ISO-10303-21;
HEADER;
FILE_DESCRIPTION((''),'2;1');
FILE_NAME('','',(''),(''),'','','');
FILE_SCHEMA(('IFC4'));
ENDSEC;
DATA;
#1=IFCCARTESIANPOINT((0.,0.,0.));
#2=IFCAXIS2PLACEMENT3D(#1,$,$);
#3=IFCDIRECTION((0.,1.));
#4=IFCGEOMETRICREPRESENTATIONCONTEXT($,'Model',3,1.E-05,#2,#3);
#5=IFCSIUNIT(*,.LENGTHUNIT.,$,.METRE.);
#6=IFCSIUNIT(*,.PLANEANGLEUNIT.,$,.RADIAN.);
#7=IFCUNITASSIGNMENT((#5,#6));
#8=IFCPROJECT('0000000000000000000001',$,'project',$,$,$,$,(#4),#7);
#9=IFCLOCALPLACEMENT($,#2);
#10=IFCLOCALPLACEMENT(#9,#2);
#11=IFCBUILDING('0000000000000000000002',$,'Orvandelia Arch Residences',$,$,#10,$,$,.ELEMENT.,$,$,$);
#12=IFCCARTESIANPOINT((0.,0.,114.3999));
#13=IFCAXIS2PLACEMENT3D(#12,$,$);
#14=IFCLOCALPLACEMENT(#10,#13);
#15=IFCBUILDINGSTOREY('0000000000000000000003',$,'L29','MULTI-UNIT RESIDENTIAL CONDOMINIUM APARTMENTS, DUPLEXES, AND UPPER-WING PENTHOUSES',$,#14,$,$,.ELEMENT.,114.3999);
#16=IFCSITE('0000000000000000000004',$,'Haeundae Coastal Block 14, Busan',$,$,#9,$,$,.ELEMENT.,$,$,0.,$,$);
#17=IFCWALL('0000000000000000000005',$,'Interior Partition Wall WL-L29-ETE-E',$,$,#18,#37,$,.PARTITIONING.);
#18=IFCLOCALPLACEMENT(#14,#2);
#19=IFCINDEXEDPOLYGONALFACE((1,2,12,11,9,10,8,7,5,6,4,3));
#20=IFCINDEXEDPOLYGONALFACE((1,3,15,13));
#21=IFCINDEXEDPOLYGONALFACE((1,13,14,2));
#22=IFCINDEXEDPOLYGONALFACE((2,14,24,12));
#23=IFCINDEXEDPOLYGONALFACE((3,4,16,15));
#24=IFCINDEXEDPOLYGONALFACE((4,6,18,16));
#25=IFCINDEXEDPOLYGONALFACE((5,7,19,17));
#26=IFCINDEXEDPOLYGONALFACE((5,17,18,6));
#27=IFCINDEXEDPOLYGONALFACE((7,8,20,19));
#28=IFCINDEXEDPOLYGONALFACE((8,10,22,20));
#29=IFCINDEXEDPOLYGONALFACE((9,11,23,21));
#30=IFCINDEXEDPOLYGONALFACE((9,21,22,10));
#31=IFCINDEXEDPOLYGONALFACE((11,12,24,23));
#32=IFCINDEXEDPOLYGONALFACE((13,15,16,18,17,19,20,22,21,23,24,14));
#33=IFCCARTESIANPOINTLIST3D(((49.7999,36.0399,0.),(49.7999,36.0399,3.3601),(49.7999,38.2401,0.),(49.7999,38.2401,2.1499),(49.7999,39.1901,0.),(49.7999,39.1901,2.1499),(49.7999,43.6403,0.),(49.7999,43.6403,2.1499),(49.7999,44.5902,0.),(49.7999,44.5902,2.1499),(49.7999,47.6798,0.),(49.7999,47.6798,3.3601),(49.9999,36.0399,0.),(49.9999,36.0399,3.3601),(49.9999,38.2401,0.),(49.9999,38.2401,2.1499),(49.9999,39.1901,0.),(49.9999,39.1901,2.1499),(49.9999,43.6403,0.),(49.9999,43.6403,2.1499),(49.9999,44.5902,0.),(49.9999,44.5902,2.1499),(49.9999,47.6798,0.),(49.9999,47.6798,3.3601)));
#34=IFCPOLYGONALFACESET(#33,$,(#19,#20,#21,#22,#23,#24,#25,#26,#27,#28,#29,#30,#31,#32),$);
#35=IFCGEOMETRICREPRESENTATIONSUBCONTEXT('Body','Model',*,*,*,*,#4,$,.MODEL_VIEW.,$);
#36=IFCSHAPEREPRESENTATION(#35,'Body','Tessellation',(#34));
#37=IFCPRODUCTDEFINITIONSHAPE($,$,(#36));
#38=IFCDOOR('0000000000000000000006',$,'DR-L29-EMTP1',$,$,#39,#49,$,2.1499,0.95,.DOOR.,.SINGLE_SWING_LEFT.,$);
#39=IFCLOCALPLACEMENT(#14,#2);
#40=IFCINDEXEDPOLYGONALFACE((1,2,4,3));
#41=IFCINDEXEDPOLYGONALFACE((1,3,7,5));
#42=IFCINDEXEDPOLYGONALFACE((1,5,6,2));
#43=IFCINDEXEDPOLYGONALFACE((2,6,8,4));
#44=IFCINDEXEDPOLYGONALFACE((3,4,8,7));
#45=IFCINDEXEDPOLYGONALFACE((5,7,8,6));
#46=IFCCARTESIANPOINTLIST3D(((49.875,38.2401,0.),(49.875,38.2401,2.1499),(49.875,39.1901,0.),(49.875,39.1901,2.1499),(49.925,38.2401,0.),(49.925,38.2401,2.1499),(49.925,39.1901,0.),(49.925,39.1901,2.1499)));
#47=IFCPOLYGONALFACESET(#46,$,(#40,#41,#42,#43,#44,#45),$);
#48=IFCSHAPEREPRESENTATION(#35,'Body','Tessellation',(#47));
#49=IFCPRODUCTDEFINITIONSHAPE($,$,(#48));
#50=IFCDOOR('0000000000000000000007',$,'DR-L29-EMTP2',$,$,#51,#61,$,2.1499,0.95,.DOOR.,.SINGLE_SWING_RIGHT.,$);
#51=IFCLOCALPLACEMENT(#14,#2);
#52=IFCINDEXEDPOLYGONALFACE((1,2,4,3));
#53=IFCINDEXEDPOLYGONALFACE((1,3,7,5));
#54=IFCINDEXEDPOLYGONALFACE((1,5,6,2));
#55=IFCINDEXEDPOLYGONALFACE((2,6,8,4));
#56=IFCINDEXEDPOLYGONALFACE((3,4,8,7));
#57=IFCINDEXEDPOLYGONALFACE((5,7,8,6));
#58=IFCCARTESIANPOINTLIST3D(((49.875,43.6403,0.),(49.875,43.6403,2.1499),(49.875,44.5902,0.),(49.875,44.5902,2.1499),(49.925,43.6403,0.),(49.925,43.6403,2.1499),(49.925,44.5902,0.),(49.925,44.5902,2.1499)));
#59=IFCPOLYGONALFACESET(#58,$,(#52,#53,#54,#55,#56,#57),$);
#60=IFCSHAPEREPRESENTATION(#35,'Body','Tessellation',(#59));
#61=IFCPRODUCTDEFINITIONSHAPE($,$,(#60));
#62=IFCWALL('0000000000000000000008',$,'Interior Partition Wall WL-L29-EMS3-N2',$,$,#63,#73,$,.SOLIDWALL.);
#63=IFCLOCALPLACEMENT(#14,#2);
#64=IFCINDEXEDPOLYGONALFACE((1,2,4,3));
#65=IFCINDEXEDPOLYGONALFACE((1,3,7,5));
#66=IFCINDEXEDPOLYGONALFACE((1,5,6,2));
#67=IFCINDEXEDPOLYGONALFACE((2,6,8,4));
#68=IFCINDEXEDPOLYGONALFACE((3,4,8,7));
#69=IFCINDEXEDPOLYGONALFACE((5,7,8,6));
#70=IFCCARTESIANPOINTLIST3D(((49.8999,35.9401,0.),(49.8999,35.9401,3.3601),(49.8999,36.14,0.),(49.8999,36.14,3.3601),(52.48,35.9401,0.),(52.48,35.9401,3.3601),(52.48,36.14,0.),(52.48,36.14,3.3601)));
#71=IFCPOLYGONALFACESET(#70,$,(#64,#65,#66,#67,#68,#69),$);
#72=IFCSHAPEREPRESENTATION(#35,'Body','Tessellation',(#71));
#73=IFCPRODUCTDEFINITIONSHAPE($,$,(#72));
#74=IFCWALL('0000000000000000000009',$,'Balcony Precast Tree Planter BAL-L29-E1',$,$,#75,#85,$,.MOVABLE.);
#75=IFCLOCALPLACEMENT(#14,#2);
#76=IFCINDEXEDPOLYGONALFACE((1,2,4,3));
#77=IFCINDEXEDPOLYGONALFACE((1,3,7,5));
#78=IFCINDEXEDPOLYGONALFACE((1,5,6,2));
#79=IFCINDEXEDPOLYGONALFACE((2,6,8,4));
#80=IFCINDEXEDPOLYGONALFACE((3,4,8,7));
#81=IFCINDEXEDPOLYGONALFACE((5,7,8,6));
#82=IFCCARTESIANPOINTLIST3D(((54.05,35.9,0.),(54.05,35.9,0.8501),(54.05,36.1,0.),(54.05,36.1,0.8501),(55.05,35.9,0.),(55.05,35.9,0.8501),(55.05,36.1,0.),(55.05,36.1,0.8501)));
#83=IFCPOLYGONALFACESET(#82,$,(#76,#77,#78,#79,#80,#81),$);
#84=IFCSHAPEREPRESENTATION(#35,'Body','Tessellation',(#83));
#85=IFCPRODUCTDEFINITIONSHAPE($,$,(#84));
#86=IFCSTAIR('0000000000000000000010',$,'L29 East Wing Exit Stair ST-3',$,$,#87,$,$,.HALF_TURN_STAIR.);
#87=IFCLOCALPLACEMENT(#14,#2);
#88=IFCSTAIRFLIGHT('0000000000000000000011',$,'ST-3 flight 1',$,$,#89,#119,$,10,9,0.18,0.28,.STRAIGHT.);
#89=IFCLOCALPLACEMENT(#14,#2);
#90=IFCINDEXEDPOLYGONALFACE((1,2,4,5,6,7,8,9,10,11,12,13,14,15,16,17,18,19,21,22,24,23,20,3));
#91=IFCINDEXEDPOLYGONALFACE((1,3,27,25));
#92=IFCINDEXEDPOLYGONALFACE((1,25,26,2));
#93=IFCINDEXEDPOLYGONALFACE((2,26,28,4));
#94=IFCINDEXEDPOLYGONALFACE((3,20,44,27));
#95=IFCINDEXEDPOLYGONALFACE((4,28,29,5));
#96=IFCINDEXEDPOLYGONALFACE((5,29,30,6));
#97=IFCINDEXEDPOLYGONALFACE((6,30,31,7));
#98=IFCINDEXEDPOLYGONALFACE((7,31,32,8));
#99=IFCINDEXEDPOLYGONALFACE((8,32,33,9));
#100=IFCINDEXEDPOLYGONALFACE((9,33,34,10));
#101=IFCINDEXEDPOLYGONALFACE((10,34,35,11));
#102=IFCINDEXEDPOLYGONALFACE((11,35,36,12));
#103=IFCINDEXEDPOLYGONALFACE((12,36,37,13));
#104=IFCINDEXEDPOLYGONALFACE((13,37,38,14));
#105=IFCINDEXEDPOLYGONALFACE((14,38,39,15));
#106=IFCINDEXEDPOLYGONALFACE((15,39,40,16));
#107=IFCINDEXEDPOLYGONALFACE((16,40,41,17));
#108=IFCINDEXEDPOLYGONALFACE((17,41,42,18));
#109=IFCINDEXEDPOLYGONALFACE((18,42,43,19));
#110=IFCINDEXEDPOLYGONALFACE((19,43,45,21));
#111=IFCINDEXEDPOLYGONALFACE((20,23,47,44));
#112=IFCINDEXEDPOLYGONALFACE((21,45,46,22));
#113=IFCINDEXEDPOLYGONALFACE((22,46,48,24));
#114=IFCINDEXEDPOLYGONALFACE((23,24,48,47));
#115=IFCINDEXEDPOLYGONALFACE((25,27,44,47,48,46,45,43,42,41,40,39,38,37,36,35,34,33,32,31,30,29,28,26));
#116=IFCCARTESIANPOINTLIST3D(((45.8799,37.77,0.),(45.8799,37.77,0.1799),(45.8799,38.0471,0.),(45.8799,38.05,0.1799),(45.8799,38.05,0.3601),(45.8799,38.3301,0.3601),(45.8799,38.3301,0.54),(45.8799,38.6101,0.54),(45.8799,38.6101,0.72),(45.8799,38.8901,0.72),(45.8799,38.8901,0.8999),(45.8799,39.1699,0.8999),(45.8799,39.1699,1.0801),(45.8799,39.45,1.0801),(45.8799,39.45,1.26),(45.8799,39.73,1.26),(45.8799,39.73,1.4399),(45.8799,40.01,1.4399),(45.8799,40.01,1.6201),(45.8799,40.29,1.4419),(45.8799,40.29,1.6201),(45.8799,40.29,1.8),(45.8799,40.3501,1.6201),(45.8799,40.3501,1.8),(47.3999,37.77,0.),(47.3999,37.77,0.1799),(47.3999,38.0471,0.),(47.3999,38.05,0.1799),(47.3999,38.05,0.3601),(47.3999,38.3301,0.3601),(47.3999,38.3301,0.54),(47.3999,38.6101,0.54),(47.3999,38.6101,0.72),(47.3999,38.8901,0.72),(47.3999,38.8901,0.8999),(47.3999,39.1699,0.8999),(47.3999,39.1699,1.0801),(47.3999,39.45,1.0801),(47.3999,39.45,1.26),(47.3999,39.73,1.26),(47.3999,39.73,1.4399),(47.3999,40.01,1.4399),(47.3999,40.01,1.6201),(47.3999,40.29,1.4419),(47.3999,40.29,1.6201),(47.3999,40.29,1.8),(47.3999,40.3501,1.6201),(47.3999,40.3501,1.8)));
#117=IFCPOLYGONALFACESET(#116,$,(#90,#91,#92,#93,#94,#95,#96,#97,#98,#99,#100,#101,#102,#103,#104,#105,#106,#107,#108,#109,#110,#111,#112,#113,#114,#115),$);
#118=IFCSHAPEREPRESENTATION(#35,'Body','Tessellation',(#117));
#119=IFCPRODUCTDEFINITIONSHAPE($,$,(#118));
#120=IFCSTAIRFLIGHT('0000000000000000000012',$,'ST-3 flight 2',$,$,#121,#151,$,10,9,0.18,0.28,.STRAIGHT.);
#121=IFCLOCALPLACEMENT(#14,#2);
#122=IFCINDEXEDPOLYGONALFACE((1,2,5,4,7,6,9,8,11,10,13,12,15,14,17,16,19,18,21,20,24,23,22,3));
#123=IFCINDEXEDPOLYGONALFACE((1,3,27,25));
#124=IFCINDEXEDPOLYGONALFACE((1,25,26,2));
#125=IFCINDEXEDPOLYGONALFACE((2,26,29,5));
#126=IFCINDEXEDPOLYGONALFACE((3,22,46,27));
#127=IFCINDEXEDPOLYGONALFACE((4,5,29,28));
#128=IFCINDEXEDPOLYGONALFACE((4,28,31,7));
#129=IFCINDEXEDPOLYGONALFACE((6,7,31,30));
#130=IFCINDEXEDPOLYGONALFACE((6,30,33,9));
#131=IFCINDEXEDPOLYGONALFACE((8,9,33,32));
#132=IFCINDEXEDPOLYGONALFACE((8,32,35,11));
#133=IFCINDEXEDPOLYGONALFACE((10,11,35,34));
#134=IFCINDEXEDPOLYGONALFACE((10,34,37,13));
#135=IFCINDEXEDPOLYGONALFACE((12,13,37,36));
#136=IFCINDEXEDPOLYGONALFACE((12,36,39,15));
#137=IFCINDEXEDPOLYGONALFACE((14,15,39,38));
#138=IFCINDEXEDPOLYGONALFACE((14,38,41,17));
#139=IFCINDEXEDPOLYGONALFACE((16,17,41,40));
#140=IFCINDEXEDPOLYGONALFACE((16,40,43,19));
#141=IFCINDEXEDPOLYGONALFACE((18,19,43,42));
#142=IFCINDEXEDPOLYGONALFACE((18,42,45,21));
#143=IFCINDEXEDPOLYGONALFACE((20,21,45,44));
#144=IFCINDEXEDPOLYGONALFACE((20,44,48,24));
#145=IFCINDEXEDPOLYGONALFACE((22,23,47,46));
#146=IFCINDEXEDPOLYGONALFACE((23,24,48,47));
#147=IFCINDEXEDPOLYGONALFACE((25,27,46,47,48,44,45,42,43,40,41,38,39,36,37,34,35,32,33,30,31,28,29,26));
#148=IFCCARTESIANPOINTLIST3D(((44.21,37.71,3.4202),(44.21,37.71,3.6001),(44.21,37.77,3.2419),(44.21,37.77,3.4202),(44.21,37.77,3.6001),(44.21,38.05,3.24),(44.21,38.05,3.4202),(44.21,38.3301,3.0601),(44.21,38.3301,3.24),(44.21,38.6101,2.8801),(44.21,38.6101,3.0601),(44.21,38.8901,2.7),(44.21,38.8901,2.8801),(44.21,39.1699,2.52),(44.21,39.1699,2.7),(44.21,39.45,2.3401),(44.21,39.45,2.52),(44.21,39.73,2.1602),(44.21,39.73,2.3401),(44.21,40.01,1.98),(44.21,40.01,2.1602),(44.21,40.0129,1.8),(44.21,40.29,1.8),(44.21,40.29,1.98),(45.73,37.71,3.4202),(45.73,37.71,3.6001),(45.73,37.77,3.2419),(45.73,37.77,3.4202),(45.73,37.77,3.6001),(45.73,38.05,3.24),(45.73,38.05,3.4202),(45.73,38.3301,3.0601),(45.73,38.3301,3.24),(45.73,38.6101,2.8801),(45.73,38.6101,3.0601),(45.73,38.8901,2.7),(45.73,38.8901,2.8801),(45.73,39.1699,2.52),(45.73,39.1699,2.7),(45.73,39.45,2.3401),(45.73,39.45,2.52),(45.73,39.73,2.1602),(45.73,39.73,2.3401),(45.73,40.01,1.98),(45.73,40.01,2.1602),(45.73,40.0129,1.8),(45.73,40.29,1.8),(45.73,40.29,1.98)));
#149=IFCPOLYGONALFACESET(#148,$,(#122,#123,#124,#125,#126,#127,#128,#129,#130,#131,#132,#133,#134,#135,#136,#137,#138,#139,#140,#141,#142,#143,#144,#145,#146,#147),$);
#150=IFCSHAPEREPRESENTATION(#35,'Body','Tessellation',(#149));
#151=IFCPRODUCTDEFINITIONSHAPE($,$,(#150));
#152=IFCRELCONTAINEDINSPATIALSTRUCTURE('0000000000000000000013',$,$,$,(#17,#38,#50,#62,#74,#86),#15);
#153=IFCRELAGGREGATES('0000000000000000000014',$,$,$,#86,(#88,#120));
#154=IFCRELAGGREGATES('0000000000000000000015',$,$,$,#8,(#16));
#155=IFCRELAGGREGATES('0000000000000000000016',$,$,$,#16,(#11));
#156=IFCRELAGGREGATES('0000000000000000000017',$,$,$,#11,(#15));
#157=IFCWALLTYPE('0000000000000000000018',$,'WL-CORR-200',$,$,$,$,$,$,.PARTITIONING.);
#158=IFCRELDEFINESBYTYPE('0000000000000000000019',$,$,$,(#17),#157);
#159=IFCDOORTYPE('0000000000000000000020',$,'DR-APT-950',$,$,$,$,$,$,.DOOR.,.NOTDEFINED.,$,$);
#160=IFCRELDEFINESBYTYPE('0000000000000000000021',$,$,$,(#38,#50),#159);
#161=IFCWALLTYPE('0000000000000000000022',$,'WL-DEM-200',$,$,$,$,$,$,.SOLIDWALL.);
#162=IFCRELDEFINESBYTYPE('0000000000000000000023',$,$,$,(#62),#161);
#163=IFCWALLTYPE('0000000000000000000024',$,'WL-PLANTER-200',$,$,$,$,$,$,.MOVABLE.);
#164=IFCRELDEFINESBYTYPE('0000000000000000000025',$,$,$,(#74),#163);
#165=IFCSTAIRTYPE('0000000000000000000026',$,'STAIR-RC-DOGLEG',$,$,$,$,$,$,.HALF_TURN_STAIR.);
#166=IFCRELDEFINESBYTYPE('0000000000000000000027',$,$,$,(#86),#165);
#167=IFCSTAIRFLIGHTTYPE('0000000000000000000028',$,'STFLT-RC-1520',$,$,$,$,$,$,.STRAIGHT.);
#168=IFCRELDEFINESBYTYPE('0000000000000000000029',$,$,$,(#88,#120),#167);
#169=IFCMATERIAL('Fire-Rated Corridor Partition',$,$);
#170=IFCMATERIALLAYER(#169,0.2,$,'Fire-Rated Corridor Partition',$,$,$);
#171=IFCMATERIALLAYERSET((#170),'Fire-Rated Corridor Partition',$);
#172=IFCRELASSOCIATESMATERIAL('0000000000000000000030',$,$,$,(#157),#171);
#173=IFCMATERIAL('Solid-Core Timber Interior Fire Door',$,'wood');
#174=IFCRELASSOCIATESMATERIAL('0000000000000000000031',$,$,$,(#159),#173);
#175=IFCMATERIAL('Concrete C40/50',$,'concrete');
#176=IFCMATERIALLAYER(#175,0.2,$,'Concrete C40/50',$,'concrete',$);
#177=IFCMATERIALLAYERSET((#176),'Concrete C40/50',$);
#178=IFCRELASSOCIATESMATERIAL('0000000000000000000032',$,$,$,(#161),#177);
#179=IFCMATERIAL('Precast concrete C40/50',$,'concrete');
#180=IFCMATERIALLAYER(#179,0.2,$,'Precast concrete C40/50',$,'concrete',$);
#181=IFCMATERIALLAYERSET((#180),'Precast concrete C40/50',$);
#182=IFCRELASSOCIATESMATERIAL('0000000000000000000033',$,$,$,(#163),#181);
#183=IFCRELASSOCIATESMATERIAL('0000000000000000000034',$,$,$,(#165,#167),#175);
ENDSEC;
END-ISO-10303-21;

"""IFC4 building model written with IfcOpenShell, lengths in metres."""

from ifc_helpers import new_model, si_unit, direction, frame, frame_2d, origin, place, context, subcontext, project, spatial, polyline, rectangle, outline, extrude, material, layer, layer_set, type_object, element, fill, aggregate, save


model = new_model("IFC4")

# Units and contexts
model_context = context("Model", 3, precision=1e-05, world=origin(), true_north=direction((0.0, 1.0)))
body_context = subcontext(model_context, "Body", "Model", "MODEL_VIEW")
ifc_project = project(units=[si_unit("LENGTHUNIT", "METRE"), si_unit("PLANEANGLEUNIT", "RADIAN")], contexts=[model_context])

# Site, building, storey
site_placement = place(None, origin())
site = spatial("IfcSite", under=ifc_project, at=site_placement, Name="Haeundae Coastal Block 14, Busan", CompositionType="ELEMENT", RefElevation=0.0)
building_placement = place(site_placement, origin())
building = spatial("IfcBuilding", under=site, at=building_placement, Name="Orvandelia Arch Residences", CompositionType="ELEMENT")
storey_placement = place(building_placement, frame((0.0, 0.0, 114.3999)))
storey = spatial("IfcBuildingStorey", under=building, at=storey_placement, Name="L29", Description="MULTI-UNIT RESIDENTIAL CONDOMINIUM APARTMENTS, DUPLEXES, AND UPPER-WING PENTHOUSES", CompositionType="ELEMENT", Elevation=114.3999)

# Wall, openings, doors
ifc_material_1 = material(Name="Fire-Rated Corridor Partition")
ifc_layer_1 = layer(ifc_material_1, 0.2, Name="Fire-Rated Corridor Partition")
ifc_layer_set_1 = layer_set([ifc_layer_1], Name="Fire-Rated Corridor Partition")
wall_type_1 = type_object("IfcWallType", Name="WL-CORR-200", PredefinedType="PARTITIONING", material=ifc_layer_set_1)
wall_1_placement = place(storey_placement, frame((49.8999, 36.04, 0.0), z_axis=(0.0, 0.0, 1.0), x_axis=(0.0, 1.0, 0.0)))
wall_1 = element("IfcWall", 1, at=wall_1_placement, inside=storey, type_object=wall_type_1, Name="Interior Partition Wall WL-L29-ETE-E", PredefinedType="PARTITIONING", context=body_context, shape_type="SweptSolid", body=[
    extrude(rectangle(XDim=11.6399, YDim=0.2, at=frame_2d((5.8198, 0.0))), origin(), (0.0, 0.0, 1.0), 3.3601),
])
opening_1_placement = place(wall_1_placement, frame((2.2, 0.0, 0.0)))
opening_1 = element("IfcOpeningElement", 2, at=opening_1_placement, cuts=wall_1, PredefinedType="OPENING", context=body_context, shape_type="SweptSolid", body=[
    extrude(rectangle(XDim=0.95, YDim=2.1499, at=frame_2d((0.4751, 1.075))), frame((0.0, 0.1099, 0.0), z_axis=(0.0, -1.0, 0.0), x_axis=(1.0, 0.0, 0.0)), (0.0, 0.0, 1.0), 0.22),
])
opening_2_placement = place(wall_1_placement, frame((7.6001, 0.0, 0.0)))
opening_2 = element("IfcOpeningElement", 3, at=opening_2_placement, cuts=wall_1, PredefinedType="OPENING", context=body_context, shape_type="SweptSolid", body=[
    extrude(rectangle(XDim=0.95, YDim=2.1499, at=frame_2d((0.4751, 1.075))), frame((0.0, 0.1099, 0.0), z_axis=(0.0, -1.0, 0.0), x_axis=(1.0, 0.0, 0.0)), (0.0, 0.0, 1.0), 0.22),
])
ifc_material_2 = material(Name="Solid-Core Timber Interior Fire Door", Category="wood")
door_type = type_object("IfcDoorType", Name="DR-APT-950", OperationType="NOTDEFINED", PredefinedType="DOOR", material=ifc_material_2)
door_1_placement = place(opening_1_placement, origin())
door_1 = element("IfcDoor", 4, at=door_1_placement, inside=storey, type_object=door_type, Name="DR-L29-EMTP1", OperationType="SINGLE_SWING_LEFT", OverallHeight=2.1499, OverallWidth=0.95, PredefinedType="DOOR", context=body_context, shape_type="SweptSolid", body=[
    extrude(rectangle(XDim=0.95, YDim=2.1499, at=frame_2d((0.4751, 1.075))), frame((0.0, 0.0249, 0.0), z_axis=(0.0, -1.0, 0.0), x_axis=(1.0, 0.0, 0.0)), (0.0, 0.0, 1.0), 0.05),
])
fill(opening_1, door_1)
door_2_placement = place(opening_2_placement, origin())
door_2 = element("IfcDoor", 5, at=door_2_placement, inside=storey, type_object=door_type, Name="DR-L29-EMTP2", OperationType="SINGLE_SWING_RIGHT", OverallHeight=2.1499, OverallWidth=0.95, PredefinedType="DOOR", context=body_context, shape_type="SweptSolid", body=[
    extrude(rectangle(XDim=0.95, YDim=2.1499, at=frame_2d((0.4751, 1.075))), frame((0.0, 0.0249, 0.0), z_axis=(0.0, -1.0, 0.0), x_axis=(1.0, 0.0, 0.0)), (0.0, 0.0, 1.0), 0.05),
])
fill(opening_2, door_2)

# Walls
ifc_material_3 = material(Name="Concrete C40/50", Category="concrete")
ifc_layer_2 = layer(ifc_material_3, 0.2, Name="Concrete C40/50", Category="concrete")
ifc_layer_set_2 = layer_set([ifc_layer_2], Name="Concrete C40/50")
wall_type_2 = type_object("IfcWallType", Name="WL-DEM-200", PredefinedType="SOLIDWALL", material=ifc_layer_set_2)
wall_2_placement = place(storey_placement, frame((49.8999, 36.04, 0.0), z_axis=(0.0, 0.0, 1.0), x_axis=(1.0, 0.0, 0.0)))
element("IfcWall", 6, at=wall_2_placement, inside=storey, type_object=wall_type_2, Name="Interior Partition Wall WL-L29-EMS3-N2", PredefinedType="SOLIDWALL", context=body_context, shape_type="SweptSolid", body=[
    extrude(rectangle(XDim=2.5801, YDim=0.2, at=frame_2d((1.29, 0.0))), origin(), (0.0, 0.0, 1.0), 3.3601),
])
ifc_material_4 = material(Name="Precast concrete C40/50", Category="concrete")
ifc_layer_3 = layer(ifc_material_4, 0.2, Name="Precast concrete C40/50", Category="concrete")
ifc_layer_set_3 = layer_set([ifc_layer_3], Name="Precast concrete C40/50")
wall_type_3 = type_object("IfcWallType", Name="WL-PLANTER-200", PredefinedType="MOVABLE", material=ifc_layer_set_3)
wall_3_placement = place(storey_placement, frame((54.05, 36.0, 0.0), z_axis=(0.0, 0.0, 1.0), x_axis=(1.0, 0.0, 0.0)))
element("IfcWall", 7, at=wall_3_placement, inside=storey, type_object=wall_type_3, Name="Balcony Precast Tree Planter BAL-L29-E1", PredefinedType="MOVABLE", context=body_context, shape_type="SweptSolid", body=[
    extrude(rectangle(XDim=1.0, YDim=0.2, at=frame_2d((0.5, 0.0))), origin(), (0.0, 0.0, 1.0), 0.8501),
])

# Stair, stair flights
stair_type = type_object("IfcStairType", Name="STAIR-RC-DOGLEG", PredefinedType="HALF_TURN_STAIR", material=ifc_material_3)
stair_placement = place(storey_placement, origin())
stair = element("IfcStair", 8, at=stair_placement, inside=storey, type_object=stair_type, Name="L29 East Wing Exit Stair ST-3", PredefinedType="HALF_TURN_STAIR")
stair_flight_type = type_object("IfcStairFlightType", Name="STFLT-RC-1520", PredefinedType="STRAIGHT", material=ifc_material_3)
stair_flight_1_placement = place(storey_placement, frame((46.6399, 37.77, 0.0), z_axis=(0.0, 0.0, 1.0), x_axis=(0.0, 1.0, 0.0)))
stair_flight_1 = element("IfcStairFlight", 9, at=stair_flight_1_placement, type_object=stair_flight_type, Name="ST-3 flight 1", NumberOfRisers=10, NumberOfTreads=9, PredefinedType="STRAIGHT", RiserHeight=0.18, TreadLength=0.28, context=body_context, shape_type="SweptSolid", body=[
    extrude(outline(polyline([(0.0, 0.0), (0.0, 0.1799), (0.28, 0.1799), (0.28, 0.3601), (0.5601, 0.3601), (0.5601, 0.54), (0.8401, 0.54), (0.8401, 0.72), (1.1201, 0.72), (1.1201, 0.8999), (1.3999, 0.8999), (1.3999, 1.0801), (1.6799, 1.0801), (1.6799, 1.26), (1.96, 1.26), (1.96, 1.4399), (2.24, 1.4399), (2.24, 1.6201), (2.52, 1.6201), (2.52, 1.8), (2.5801, 1.8), (2.5801, 1.6201), (2.52, 1.4419), (0.2771, 0.0), (0.0, 0.0)])), frame((0.0, 0.76, 0.0), z_axis=(0.0, -1.0, 0.0), x_axis=(1.0, 0.0, 0.0)), (0.0, 0.0, 1.0), 1.52),
])
stair_flight_2_placement = place(storey_placement, frame((44.97, 40.29, 1.8), z_axis=(0.0, 0.0, 1.0), x_axis=(0.0, -1.0, 0.0)))
stair_flight_2 = element("IfcStairFlight", 10, at=stair_flight_2_placement, type_object=stair_flight_type, Name="ST-3 flight 2", NumberOfRisers=10, NumberOfTreads=9, PredefinedType="STRAIGHT", RiserHeight=0.18, TreadLength=0.28, context=body_context, shape_type="SweptSolid", body=[
    extrude(outline(polyline([(0.0, 0.0), (0.0, 0.1799), (0.28, 0.1799), (0.28, 0.3601), (0.5601, 0.3601), (0.5601, 0.54), (0.8401, 0.54), (0.8401, 0.72), (1.1201, 0.72), (1.1201, 0.8999), (1.3999, 0.8999), (1.3999, 1.0801), (1.6799, 1.0801), (1.6799, 1.26), (1.96, 1.26), (1.96, 1.4399), (2.24, 1.4399), (2.24, 1.6201), (2.52, 1.6201), (2.52, 1.8), (2.5801, 1.8), (2.5801, 1.6201), (2.52, 1.4419), (0.2771, 0.0), (0.0, 0.0)])), frame((0.0, 0.76, 0.0), z_axis=(0.0, -1.0, 0.0), x_axis=(1.0, 0.0, 0.0)), (0.0, 0.0, 1.0), 1.52),
])
aggregate(stair, [stair_flight_1, stair_flight_2])

save(model, "model.ifc")
